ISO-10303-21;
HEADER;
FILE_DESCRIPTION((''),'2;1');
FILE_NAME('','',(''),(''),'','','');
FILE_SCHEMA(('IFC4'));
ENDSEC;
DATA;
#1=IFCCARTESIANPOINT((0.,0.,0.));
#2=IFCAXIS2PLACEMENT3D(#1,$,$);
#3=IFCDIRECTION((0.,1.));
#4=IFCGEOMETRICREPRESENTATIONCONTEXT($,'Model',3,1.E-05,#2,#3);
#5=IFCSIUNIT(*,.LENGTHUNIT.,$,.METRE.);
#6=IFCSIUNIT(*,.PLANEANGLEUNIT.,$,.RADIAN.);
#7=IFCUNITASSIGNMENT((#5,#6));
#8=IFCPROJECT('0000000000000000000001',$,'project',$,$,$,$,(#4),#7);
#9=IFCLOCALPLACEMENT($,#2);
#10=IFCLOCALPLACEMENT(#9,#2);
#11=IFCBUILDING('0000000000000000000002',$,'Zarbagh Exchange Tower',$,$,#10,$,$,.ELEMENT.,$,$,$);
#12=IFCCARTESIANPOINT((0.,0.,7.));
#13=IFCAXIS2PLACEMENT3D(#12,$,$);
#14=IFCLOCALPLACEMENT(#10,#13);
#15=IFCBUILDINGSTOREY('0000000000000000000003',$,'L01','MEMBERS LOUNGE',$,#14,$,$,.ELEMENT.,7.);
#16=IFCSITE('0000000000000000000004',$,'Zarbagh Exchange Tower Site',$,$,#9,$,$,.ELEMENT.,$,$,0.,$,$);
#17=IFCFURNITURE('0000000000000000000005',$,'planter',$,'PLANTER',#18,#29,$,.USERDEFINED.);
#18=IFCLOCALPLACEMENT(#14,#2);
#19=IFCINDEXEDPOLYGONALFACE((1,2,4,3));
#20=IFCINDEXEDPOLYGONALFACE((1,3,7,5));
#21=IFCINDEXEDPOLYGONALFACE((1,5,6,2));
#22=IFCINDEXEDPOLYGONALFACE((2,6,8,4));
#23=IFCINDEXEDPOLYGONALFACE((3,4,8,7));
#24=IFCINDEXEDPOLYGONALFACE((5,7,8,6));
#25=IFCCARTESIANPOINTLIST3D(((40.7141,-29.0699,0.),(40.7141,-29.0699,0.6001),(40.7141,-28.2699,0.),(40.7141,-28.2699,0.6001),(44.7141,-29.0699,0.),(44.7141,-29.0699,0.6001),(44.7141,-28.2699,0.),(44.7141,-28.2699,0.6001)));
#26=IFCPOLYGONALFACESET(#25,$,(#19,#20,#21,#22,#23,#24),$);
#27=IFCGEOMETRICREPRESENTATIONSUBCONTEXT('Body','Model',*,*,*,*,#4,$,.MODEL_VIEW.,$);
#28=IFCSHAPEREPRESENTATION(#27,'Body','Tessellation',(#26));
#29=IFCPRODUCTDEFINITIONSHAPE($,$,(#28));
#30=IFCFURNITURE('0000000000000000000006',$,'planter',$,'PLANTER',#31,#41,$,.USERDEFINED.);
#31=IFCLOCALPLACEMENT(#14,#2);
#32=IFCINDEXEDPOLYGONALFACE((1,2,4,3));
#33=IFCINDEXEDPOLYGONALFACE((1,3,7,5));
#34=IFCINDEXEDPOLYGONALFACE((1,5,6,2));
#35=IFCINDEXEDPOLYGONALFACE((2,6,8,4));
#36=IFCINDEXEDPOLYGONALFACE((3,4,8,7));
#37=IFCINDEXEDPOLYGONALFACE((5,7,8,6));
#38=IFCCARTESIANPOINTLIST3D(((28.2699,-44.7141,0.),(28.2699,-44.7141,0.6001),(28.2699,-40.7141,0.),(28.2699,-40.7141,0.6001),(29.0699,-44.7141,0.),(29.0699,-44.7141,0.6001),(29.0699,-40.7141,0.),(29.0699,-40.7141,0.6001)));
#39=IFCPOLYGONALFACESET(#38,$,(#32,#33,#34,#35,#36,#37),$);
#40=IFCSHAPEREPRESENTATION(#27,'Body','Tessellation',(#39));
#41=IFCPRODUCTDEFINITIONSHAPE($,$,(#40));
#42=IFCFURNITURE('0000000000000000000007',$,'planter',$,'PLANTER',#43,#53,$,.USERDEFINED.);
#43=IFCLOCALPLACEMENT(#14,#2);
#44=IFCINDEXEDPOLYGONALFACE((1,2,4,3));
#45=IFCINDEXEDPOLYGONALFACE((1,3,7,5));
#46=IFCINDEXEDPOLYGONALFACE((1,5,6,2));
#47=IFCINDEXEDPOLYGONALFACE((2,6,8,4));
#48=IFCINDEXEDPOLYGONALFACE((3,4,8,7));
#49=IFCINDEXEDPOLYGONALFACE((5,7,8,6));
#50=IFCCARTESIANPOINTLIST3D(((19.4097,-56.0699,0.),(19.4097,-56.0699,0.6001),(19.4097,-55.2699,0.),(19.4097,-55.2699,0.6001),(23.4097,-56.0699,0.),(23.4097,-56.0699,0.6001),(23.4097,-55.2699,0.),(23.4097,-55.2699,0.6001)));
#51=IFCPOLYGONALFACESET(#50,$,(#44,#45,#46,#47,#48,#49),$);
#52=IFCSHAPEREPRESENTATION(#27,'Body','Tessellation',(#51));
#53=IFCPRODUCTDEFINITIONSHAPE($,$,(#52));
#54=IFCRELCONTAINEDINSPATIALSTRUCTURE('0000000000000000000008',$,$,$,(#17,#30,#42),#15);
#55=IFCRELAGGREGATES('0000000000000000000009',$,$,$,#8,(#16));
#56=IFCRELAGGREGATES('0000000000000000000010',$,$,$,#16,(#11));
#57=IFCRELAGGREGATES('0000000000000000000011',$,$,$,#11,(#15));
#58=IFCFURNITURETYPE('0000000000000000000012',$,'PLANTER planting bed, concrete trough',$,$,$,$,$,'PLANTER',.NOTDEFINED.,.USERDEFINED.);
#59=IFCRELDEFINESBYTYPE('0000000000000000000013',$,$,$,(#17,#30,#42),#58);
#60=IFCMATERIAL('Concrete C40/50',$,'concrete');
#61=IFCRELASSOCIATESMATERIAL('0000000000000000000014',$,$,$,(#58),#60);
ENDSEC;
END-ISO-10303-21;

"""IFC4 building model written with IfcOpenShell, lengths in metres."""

from ifc_helpers import new_model, si_unit, direction, frame, origin, origin_2d, place, context, subcontext, project, spatial, rectangle, extrude, material, type_object, element, save


model = new_model("IFC4")

# Units and contexts
model_context = context("Model", 3, precision=1e-05, world=origin(), true_north=direction((0.0, 1.0)))
body_context = subcontext(model_context, "Body", "Model", "MODEL_VIEW")
ifc_project = project(units=[si_unit("LENGTHUNIT", "METRE"), si_unit("PLANEANGLEUNIT", "RADIAN")], contexts=[model_context])

# Site, building, storey
site_placement = place(None, origin())
site = spatial("IfcSite", under=ifc_project, at=site_placement, Name="Zarbagh Exchange Tower Site", CompositionType="ELEMENT", RefElevation=0.0)
building_placement = place(site_placement, origin())
building = spatial("IfcBuilding", under=site, at=building_placement, Name="Zarbagh Exchange Tower", CompositionType="ELEMENT")
storey_placement = place(building_placement, frame((0.0, 0.0, 7.0)))
storey = spatial("IfcBuildingStorey", under=building, at=storey_placement, Name="L01", Description="MEMBERS LOUNGE", CompositionType="ELEMENT", Elevation=7.0)

# Furniture
ifc_material_1 = material(Name="Concrete C40/50", Category="concrete")
furniture_type = type_object("IfcFurnitureType", Name="PLANTER planting bed, concrete trough", ElementType="PLANTER", AssemblyPlace="NOTDEFINED", PredefinedType="USERDEFINED", material=ifc_material_1)
for number, where, z_axis, x_axis, name in (
    (1, (42.7141, -28.6699, 0.0), (0.0, 0.0, 1.0), (-1.0, 0.0, 0.0), "planter"),
    (2, (28.6699, -42.7141, 0.0), (0.0, 0.0, 1.0), (0.0, -1.0, 0.0), "planter"),
    (3, (21.4097, -55.6699, 0.0), (0.0, 0.0, 1.0), (-1.0, 0.0, 0.0), "planter"),
):
    element("IfcFurniture", number, at=place(storey_placement, frame(where, z_axis=z_axis, x_axis=x_axis)), inside=storey, type_object=furniture_type, Name=name, ObjectType="PLANTER", PredefinedType="USERDEFINED", context=body_context, shape_type="SweptSolid", body=[
        extrude(rectangle(XDim=4.0, YDim=0.8, at=origin_2d()), origin(), (0.0, 0.0, 1.0), 0.6001),
    ])

save(model, "model.ifc")
